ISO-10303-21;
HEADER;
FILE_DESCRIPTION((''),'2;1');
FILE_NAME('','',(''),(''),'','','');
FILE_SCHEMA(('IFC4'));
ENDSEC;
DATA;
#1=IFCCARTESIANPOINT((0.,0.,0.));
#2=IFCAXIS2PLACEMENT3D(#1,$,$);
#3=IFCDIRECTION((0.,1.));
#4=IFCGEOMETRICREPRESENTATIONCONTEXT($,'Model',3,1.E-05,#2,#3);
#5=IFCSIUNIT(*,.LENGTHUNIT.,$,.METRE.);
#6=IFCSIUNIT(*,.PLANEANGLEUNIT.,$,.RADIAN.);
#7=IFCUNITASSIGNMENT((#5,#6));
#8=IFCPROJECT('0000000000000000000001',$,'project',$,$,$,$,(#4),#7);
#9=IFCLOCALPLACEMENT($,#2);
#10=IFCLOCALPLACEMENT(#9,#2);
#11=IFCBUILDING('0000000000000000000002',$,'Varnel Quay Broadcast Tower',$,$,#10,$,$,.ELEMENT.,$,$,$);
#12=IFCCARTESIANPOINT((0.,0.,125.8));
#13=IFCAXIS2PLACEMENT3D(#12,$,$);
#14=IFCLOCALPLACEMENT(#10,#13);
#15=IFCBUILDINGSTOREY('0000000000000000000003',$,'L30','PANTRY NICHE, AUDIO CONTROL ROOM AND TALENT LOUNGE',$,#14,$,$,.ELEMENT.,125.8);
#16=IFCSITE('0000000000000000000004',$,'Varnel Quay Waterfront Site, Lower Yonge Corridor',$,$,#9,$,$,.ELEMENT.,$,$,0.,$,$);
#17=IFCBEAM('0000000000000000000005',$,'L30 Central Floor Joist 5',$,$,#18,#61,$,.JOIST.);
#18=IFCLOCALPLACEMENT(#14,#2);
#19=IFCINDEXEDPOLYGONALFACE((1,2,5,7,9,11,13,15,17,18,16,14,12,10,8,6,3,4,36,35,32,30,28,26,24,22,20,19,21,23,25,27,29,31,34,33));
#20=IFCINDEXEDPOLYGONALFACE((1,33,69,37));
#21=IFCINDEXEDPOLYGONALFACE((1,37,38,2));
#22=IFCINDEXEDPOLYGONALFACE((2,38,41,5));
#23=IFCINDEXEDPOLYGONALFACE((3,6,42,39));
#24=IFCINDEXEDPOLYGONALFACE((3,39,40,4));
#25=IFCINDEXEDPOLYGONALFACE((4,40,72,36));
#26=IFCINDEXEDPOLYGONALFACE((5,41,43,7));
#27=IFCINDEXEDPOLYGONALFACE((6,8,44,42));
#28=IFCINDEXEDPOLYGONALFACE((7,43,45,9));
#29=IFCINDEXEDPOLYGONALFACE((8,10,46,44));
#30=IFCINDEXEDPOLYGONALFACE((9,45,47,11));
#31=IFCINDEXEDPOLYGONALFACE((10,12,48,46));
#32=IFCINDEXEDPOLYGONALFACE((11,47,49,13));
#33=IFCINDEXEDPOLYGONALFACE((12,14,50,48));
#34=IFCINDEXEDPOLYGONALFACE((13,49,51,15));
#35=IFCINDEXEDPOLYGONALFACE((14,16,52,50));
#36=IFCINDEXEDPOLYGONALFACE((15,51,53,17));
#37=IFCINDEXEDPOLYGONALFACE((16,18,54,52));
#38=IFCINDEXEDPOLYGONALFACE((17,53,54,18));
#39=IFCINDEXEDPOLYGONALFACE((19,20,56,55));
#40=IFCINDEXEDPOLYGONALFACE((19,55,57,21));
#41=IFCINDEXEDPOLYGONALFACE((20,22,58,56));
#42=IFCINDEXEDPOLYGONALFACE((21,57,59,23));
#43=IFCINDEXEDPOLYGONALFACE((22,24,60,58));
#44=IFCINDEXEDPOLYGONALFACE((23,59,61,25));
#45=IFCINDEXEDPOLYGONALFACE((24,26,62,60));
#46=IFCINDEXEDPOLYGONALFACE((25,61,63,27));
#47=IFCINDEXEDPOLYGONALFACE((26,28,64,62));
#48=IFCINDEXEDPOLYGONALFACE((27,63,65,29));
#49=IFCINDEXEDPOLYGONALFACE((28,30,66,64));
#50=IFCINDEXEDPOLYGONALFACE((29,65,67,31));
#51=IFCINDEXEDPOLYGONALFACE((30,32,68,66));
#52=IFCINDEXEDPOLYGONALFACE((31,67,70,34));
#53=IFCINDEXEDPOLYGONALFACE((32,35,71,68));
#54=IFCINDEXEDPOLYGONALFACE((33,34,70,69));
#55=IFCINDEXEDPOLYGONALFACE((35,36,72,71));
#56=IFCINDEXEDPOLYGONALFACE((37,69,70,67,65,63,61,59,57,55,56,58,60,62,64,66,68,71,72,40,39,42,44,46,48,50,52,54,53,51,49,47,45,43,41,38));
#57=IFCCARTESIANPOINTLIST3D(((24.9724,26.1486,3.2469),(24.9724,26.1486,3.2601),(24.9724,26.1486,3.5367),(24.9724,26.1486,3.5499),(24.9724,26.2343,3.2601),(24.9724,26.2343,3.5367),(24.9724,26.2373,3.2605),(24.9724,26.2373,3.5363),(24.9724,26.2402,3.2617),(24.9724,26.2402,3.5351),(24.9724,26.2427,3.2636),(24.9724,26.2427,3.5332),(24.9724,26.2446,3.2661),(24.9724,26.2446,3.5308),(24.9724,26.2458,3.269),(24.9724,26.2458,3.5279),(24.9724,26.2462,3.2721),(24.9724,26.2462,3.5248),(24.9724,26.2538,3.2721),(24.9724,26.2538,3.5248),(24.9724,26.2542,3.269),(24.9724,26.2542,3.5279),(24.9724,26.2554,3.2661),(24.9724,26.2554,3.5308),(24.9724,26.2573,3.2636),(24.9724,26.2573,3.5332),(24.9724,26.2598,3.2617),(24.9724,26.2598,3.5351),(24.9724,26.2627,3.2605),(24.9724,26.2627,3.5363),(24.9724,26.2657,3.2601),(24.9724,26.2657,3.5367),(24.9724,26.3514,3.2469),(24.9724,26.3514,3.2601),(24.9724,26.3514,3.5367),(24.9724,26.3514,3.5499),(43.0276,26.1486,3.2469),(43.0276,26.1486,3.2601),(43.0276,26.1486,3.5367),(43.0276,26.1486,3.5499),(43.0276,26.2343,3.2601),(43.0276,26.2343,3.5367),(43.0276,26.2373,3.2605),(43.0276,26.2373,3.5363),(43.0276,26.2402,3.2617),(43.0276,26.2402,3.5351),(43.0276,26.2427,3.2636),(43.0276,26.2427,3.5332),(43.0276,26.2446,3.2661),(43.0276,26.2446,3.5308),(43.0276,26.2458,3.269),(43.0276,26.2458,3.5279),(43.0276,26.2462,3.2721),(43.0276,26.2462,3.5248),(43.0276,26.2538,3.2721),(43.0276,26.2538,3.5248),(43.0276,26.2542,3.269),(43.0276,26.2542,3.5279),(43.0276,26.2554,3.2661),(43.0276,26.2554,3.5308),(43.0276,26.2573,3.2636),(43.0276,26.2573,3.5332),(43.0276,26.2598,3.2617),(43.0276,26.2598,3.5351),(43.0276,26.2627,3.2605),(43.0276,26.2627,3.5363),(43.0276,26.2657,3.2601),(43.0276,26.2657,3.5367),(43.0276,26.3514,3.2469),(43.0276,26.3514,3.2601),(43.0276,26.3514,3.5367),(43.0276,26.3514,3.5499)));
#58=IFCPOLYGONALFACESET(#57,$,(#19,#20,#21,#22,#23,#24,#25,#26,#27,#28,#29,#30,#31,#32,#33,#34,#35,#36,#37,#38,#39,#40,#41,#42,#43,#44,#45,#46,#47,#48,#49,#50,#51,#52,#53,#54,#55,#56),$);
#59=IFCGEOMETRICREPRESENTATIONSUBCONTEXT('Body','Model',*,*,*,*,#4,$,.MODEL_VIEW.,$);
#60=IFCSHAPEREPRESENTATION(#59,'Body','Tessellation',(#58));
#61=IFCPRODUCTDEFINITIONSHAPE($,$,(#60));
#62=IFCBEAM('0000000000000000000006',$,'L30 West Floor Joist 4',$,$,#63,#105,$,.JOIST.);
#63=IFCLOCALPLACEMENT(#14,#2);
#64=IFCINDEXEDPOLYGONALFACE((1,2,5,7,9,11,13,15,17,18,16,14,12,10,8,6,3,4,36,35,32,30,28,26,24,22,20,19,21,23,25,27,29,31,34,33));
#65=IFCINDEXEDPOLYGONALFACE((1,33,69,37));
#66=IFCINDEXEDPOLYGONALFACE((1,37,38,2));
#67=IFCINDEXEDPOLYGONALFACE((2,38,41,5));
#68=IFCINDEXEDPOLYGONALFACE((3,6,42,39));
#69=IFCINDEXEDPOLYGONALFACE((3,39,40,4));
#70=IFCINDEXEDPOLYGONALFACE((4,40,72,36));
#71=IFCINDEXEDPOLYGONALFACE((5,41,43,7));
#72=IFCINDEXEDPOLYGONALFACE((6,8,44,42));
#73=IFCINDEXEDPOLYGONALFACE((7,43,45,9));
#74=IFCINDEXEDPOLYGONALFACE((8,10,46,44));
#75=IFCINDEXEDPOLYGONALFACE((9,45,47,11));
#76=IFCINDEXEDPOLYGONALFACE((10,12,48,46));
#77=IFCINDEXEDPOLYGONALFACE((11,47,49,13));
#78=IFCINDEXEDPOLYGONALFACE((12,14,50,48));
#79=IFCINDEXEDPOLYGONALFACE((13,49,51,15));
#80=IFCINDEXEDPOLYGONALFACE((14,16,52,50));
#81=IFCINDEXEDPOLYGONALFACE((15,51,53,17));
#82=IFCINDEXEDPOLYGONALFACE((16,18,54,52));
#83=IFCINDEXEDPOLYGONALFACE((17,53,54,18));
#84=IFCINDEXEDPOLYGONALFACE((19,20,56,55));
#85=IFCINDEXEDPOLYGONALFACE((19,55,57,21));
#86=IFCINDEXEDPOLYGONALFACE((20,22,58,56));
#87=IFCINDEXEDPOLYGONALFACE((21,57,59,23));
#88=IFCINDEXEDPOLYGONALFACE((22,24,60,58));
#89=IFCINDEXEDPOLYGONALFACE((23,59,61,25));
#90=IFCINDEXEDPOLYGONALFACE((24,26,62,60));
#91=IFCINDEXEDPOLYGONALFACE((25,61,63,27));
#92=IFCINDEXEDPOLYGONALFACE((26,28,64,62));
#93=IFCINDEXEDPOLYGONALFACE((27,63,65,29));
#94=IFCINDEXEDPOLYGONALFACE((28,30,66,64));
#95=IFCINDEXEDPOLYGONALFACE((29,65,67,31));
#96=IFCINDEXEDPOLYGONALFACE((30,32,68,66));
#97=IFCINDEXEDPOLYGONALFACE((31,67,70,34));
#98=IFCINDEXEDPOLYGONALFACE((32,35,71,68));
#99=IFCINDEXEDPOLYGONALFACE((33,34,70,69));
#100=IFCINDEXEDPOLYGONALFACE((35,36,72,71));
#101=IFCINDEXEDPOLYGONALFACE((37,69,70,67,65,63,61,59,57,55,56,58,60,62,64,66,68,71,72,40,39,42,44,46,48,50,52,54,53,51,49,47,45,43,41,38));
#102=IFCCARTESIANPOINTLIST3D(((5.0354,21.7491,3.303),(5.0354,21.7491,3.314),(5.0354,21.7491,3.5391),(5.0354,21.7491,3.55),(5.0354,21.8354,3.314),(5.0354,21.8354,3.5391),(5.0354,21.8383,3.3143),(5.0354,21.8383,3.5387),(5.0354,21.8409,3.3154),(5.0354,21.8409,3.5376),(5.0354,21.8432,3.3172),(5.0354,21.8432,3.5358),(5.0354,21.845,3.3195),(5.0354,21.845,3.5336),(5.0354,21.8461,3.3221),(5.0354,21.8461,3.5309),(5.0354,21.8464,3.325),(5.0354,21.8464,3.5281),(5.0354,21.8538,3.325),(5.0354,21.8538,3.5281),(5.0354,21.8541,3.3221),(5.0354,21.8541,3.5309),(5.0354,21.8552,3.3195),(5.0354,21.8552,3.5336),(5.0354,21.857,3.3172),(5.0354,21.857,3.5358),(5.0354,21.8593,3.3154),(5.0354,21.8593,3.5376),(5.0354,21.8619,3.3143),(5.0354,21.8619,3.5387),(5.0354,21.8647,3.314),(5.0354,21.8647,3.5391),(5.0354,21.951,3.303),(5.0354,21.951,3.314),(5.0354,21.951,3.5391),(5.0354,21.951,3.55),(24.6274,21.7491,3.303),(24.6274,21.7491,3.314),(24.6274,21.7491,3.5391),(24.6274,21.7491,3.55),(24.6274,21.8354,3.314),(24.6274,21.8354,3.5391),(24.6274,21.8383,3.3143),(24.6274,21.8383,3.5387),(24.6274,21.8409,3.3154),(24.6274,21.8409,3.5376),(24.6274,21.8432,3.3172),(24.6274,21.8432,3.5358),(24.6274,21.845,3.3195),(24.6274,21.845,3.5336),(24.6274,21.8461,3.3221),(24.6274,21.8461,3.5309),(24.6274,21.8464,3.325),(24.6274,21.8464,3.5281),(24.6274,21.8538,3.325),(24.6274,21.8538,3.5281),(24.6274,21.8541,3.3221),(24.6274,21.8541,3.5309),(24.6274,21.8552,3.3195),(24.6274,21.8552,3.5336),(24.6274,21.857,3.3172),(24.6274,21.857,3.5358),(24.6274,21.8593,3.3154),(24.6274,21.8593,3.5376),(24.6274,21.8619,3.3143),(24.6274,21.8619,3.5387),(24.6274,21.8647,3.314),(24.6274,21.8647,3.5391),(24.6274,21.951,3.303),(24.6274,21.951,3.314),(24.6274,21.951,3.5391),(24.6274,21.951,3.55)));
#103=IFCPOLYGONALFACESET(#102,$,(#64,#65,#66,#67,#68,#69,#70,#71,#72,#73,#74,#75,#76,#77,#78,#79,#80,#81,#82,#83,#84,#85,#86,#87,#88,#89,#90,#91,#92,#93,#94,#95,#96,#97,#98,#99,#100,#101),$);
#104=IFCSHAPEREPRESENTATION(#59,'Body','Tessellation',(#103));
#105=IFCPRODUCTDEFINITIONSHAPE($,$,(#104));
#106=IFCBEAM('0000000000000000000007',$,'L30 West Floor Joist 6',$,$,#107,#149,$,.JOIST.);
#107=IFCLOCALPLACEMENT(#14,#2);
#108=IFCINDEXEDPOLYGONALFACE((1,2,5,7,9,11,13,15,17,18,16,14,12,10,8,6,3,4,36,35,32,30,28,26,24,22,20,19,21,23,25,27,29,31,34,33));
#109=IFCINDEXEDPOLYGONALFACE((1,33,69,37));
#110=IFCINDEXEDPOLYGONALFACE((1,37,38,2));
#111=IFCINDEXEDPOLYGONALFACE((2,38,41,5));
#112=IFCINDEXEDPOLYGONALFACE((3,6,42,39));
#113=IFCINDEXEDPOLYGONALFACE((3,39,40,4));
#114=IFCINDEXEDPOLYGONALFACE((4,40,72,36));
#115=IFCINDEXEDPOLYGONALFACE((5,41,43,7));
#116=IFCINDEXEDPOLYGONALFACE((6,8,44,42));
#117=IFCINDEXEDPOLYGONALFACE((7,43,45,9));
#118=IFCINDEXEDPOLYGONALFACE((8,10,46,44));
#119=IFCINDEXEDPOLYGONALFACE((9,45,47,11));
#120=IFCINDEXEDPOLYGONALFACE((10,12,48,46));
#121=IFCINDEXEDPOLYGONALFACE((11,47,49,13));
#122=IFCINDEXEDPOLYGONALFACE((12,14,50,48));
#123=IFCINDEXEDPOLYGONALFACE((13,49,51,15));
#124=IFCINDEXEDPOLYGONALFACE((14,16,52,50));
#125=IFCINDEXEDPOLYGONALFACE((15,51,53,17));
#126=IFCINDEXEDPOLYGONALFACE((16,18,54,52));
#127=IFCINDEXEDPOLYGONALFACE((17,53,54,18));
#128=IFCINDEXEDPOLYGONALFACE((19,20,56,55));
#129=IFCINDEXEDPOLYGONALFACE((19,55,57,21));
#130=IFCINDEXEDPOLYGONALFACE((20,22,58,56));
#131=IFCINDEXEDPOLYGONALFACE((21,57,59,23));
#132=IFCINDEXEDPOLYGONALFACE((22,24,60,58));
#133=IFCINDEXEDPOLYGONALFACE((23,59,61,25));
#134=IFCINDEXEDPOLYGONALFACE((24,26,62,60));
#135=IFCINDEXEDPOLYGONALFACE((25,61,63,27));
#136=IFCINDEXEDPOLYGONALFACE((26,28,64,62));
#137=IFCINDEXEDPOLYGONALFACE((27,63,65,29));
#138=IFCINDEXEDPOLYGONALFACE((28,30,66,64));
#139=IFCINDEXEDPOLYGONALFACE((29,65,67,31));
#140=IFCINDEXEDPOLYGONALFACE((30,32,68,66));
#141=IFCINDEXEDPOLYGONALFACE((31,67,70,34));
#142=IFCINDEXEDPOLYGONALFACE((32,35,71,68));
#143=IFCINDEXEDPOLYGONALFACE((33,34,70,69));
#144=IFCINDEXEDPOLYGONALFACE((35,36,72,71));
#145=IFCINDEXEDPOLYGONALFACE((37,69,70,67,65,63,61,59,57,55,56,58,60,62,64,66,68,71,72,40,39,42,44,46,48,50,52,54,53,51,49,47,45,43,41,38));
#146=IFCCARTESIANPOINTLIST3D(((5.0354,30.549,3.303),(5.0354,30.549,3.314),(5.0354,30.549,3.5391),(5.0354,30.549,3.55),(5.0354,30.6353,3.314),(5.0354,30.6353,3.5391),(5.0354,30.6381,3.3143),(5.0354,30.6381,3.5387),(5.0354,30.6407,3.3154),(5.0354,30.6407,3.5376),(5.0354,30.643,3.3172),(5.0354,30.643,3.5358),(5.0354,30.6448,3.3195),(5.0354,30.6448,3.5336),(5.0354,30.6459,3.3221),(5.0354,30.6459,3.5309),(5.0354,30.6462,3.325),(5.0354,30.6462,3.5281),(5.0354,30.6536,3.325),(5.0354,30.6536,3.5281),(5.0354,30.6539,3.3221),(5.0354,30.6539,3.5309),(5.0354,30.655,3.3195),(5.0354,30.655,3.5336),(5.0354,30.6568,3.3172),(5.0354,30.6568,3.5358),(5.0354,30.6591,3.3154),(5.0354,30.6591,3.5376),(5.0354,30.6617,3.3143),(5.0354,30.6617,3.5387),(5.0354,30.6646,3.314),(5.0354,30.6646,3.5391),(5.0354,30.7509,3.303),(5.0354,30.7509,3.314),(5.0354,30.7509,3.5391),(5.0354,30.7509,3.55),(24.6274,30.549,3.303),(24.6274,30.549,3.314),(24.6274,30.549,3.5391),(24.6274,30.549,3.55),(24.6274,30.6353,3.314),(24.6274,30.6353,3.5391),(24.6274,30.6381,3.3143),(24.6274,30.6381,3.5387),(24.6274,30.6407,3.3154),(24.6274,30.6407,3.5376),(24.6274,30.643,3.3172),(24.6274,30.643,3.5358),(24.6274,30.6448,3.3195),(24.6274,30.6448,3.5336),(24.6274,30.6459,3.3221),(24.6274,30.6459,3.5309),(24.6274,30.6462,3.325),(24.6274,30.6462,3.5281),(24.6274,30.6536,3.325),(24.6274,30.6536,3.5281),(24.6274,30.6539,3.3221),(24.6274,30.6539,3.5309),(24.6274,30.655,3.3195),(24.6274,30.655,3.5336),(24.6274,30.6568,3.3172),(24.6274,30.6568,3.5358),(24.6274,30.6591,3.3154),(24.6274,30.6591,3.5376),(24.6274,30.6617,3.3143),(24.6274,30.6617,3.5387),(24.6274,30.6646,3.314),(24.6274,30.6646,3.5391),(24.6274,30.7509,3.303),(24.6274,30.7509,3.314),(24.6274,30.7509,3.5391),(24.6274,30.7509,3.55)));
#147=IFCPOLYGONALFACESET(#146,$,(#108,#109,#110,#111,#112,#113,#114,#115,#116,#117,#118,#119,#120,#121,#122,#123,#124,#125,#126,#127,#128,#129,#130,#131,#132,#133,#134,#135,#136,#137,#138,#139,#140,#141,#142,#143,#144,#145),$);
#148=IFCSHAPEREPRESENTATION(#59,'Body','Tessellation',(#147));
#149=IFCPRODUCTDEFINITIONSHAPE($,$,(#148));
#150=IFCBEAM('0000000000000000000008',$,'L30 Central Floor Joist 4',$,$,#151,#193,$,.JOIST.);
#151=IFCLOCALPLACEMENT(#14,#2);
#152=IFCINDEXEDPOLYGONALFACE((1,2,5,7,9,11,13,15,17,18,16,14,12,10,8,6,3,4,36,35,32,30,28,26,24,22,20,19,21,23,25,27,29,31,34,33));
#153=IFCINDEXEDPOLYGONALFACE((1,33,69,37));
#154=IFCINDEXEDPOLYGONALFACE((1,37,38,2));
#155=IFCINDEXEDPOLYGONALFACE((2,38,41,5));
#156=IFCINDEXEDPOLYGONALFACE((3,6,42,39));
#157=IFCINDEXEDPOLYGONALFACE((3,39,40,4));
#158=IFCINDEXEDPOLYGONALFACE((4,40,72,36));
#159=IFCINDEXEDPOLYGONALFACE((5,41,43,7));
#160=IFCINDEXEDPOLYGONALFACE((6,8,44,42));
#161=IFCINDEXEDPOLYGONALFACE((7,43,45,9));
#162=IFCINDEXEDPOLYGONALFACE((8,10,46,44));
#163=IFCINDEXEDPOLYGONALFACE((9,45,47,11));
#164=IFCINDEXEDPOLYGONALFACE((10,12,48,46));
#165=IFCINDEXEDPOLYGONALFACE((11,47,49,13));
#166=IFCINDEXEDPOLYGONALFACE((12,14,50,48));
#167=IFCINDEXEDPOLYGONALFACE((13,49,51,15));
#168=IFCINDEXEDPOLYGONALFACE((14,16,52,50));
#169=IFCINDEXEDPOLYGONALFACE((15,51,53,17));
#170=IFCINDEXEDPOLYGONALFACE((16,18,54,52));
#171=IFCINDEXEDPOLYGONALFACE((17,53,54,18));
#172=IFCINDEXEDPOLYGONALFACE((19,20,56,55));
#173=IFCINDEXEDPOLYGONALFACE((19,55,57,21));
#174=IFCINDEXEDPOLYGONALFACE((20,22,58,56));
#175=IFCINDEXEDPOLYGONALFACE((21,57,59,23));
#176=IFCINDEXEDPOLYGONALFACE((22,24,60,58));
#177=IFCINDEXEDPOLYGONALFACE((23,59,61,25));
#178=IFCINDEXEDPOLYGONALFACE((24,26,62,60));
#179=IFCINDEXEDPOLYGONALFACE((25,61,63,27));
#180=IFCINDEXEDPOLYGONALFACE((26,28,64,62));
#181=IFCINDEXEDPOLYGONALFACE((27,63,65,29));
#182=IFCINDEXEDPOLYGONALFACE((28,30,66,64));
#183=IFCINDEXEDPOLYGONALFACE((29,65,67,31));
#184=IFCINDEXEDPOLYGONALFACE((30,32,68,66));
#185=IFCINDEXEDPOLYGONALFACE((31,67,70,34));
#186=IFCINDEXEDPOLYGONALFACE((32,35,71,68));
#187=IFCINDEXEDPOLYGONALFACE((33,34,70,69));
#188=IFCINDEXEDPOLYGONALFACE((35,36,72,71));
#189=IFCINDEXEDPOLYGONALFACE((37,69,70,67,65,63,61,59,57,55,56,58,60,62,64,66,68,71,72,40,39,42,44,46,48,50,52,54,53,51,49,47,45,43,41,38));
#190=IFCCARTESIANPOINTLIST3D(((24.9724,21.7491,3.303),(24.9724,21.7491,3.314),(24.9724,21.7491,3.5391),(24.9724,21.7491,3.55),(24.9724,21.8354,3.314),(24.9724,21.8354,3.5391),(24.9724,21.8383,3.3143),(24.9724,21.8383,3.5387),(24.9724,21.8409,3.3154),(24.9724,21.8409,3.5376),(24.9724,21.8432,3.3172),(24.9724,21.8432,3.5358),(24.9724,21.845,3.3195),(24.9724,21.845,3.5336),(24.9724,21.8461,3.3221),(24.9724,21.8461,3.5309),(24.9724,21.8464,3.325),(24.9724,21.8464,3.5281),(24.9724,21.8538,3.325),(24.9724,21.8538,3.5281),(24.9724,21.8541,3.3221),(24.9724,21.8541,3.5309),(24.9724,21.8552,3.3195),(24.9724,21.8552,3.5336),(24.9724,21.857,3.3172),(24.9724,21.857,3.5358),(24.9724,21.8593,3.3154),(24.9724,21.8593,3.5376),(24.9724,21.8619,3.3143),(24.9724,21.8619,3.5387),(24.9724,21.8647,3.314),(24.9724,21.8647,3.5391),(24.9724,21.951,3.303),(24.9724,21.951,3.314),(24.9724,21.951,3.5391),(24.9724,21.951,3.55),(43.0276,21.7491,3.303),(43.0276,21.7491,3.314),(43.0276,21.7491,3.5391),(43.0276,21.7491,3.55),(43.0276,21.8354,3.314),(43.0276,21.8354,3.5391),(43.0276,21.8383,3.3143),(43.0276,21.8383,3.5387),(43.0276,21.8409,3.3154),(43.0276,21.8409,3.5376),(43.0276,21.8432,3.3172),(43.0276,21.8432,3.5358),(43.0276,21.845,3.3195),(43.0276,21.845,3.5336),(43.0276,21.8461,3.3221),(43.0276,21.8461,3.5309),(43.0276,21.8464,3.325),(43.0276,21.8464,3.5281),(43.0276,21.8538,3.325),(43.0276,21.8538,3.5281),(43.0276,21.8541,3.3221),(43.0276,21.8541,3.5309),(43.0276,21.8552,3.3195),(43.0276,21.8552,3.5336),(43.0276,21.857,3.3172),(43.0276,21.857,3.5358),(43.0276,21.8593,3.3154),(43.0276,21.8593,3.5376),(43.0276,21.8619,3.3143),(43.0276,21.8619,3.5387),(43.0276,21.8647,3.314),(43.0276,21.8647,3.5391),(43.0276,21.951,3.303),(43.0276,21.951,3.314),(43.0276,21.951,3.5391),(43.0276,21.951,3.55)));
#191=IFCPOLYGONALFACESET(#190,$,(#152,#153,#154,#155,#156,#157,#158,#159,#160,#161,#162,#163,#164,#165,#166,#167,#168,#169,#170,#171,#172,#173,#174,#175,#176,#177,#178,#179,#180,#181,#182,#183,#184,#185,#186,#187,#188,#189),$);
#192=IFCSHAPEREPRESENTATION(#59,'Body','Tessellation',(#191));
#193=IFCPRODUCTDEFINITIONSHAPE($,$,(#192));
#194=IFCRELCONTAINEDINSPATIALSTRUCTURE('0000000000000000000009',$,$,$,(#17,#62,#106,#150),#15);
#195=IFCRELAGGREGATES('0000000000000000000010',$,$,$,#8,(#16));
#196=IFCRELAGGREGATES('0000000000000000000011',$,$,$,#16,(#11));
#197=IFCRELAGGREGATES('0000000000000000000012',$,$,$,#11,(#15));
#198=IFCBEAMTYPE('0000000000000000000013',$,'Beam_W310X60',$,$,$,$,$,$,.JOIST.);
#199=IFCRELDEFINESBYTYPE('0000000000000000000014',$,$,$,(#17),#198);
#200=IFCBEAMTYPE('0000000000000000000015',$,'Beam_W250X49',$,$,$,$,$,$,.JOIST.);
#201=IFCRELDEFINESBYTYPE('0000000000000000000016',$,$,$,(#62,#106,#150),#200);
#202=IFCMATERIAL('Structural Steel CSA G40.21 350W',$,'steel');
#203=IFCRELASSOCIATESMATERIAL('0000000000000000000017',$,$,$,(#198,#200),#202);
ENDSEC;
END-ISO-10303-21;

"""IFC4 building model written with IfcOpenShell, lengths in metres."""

from ifc_helpers import new_model, si_unit, direction, frame, origin, origin_2d, place, context, subcontext, project, spatial, i_section, extrude, source, transform, mapped, material, material_profile, profile_set, type_object, type_shapes, element, save


model = new_model("IFC4")

# Units and contexts
model_context = context("Model", 3, precision=1e-05, world=origin(), true_north=direction((0.0, 1.0)))
body_context = subcontext(model_context, "Body", "Model", "MODEL_VIEW")
ifc_project = project(units=[si_unit("LENGTHUNIT", "METRE"), si_unit("PLANEANGLEUNIT", "RADIAN")], contexts=[model_context])

# Site, building, storey
site_placement = place(None, origin())
site = spatial("IfcSite", under=ifc_project, at=site_placement, Name="Varnel Quay Waterfront Site, Lower Yonge Corridor", CompositionType="ELEMENT", RefElevation=0.0)
building_placement = place(site_placement, origin())
building = spatial("IfcBuilding", under=site, at=building_placement, Name="Varnel Quay Broadcast Tower", CompositionType="ELEMENT")
storey_placement = place(building_placement, frame((0.0, 0.0, 125.8)))
storey = spatial("IfcBuildingStorey", under=building, at=storey_placement, Name="L30", Description="PANTRY NICHE, AUDIO CONTROL ROOM AND TALENT LOUNGE", CompositionType="ELEMENT", Elevation=125.8)

# Shared definitions
ifc_material_1 = material(Name="Structural Steel CSA G40.21 350W", Category="steel")

# Beams
ifc_material_profile_1 = material_profile(ifc_material_1, i_section(OverallWidth=0.2029, OverallDepth=0.303, WebThickness=0.0076, FlangeThickness=0.0132, FilletRadius=0.012, at=origin_2d()), Name="W310X60")
ifc_profile_set_1 = profile_set([ifc_material_profile_1], Name="Structural Steel CSA G40.21 350W")
beam_type_1 = type_object("IfcBeamType", Name="Beam_W310X60", PredefinedType="JOIST", material=ifc_profile_set_1)
shared_shape_1 = source(origin(), body_context, "Body", "SweptSolid", [
    extrude(i_section(OverallWidth=0.2029, OverallDepth=0.303, WebThickness=0.0076, FlangeThickness=0.0132, FilletRadius=0.012, at=origin_2d()), origin(), (0.0, 0.0, 1.0), 18.0552),
])
for number, where, z_axis, x_axis, name in (
    (1, (24.9724, 26.25, 3.3984), (1.0, 0.0, 0.0), (0.0, 1.0, 0.0), "L30 Central Floor Joist 5"),
):
    element("IfcBeam", number, at=place(storey_placement, frame(where, z_axis=z_axis, x_axis=x_axis)), inside=storey, type_object=beam_type_1, Name=name, PredefinedType="JOIST", context=body_context, shape_type="MappedRepresentation", body=[
        mapped(shared_shape_1, transform((0.0, 0.0, 0.0), x_axis=(1.0, 0.0, 0.0), y_axis=(0.0, 1.0, 0.0), z_axis=(0.0, 0.0, 1.0), scale=1.0)),
    ])
ifc_material_profile_2 = material_profile(ifc_material_1, i_section(OverallWidth=0.2019, OverallDepth=0.2471, WebThickness=0.0073, FlangeThickness=0.011, FilletRadius=0.011, at=origin_2d()), Name="W250X49")
ifc_profile_set_2 = profile_set([ifc_material_profile_2], Name="Structural Steel CSA G40.21 350W")
beam_type_2 = type_object("IfcBeamType", Name="Beam_W250X49", PredefinedType="JOIST", material=ifc_profile_set_2)
shared_shape_2 = source(origin(), body_context, "Body", "SweptSolid", [
    extrude(i_section(OverallWidth=0.2019, OverallDepth=0.2471, WebThickness=0.0073, FlangeThickness=0.011, FilletRadius=0.011, at=origin_2d()), origin(), (0.0, 0.0, 1.0), 19.592),
])
for number, where, z_axis, x_axis, name in (
    (2, (5.0354, 21.8501, 3.4265), (1.0, 0.0, 0.0), (0.0, 1.0, 0.0), "L30 West Floor Joist 4"),
    (3, (5.0354, 30.6499, 3.4265), (1.0, 0.0, 0.0), (0.0, 1.0, 0.0), "L30 West Floor Joist 6"),
):
    element("IfcBeam", number, at=place(storey_placement, frame(where, z_axis=z_axis, x_axis=x_axis)), inside=storey, type_object=beam_type_2, Name=name, PredefinedType="JOIST", context=body_context, shape_type="MappedRepresentation", body=[
        mapped(shared_shape_2, transform((0.0, 0.0, 0.0), x_axis=(1.0, 0.0, 0.0), y_axis=(0.0, 1.0, 0.0), z_axis=(0.0, 0.0, 1.0), scale=1.0)),
    ])
shared_shape_3 = source(origin(), body_context, "Body", "SweptSolid", [
    extrude(i_section(OverallWidth=0.2019, OverallDepth=0.2471, WebThickness=0.0073, FlangeThickness=0.011, FilletRadius=0.011, at=origin_2d()), origin(), (0.0, 0.0, 1.0), 18.0552),
])
type_shapes(beam_type_2, [shared_shape_2, shared_shape_3])
for number, where, z_axis, x_axis, name in (
    (4, (24.9724, 21.8501, 3.4265), (1.0, 0.0, 0.0), (0.0, 1.0, 0.0), "L30 Central Floor Joist 4"),
):
    element("IfcBeam", number, at=place(storey_placement, frame(where, z_axis=z_axis, x_axis=x_axis)), inside=storey, type_object=beam_type_2, Name=name, PredefinedType="JOIST", context=body_context, shape_type="MappedRepresentation", body=[
        mapped(shared_shape_3, transform((0.0, 0.0, 0.0), x_axis=(1.0, 0.0, 0.0), y_axis=(0.0, 1.0, 0.0), z_axis=(0.0, 0.0, 1.0), scale=1.0)),
    ])

save(model, "model.ifc")
